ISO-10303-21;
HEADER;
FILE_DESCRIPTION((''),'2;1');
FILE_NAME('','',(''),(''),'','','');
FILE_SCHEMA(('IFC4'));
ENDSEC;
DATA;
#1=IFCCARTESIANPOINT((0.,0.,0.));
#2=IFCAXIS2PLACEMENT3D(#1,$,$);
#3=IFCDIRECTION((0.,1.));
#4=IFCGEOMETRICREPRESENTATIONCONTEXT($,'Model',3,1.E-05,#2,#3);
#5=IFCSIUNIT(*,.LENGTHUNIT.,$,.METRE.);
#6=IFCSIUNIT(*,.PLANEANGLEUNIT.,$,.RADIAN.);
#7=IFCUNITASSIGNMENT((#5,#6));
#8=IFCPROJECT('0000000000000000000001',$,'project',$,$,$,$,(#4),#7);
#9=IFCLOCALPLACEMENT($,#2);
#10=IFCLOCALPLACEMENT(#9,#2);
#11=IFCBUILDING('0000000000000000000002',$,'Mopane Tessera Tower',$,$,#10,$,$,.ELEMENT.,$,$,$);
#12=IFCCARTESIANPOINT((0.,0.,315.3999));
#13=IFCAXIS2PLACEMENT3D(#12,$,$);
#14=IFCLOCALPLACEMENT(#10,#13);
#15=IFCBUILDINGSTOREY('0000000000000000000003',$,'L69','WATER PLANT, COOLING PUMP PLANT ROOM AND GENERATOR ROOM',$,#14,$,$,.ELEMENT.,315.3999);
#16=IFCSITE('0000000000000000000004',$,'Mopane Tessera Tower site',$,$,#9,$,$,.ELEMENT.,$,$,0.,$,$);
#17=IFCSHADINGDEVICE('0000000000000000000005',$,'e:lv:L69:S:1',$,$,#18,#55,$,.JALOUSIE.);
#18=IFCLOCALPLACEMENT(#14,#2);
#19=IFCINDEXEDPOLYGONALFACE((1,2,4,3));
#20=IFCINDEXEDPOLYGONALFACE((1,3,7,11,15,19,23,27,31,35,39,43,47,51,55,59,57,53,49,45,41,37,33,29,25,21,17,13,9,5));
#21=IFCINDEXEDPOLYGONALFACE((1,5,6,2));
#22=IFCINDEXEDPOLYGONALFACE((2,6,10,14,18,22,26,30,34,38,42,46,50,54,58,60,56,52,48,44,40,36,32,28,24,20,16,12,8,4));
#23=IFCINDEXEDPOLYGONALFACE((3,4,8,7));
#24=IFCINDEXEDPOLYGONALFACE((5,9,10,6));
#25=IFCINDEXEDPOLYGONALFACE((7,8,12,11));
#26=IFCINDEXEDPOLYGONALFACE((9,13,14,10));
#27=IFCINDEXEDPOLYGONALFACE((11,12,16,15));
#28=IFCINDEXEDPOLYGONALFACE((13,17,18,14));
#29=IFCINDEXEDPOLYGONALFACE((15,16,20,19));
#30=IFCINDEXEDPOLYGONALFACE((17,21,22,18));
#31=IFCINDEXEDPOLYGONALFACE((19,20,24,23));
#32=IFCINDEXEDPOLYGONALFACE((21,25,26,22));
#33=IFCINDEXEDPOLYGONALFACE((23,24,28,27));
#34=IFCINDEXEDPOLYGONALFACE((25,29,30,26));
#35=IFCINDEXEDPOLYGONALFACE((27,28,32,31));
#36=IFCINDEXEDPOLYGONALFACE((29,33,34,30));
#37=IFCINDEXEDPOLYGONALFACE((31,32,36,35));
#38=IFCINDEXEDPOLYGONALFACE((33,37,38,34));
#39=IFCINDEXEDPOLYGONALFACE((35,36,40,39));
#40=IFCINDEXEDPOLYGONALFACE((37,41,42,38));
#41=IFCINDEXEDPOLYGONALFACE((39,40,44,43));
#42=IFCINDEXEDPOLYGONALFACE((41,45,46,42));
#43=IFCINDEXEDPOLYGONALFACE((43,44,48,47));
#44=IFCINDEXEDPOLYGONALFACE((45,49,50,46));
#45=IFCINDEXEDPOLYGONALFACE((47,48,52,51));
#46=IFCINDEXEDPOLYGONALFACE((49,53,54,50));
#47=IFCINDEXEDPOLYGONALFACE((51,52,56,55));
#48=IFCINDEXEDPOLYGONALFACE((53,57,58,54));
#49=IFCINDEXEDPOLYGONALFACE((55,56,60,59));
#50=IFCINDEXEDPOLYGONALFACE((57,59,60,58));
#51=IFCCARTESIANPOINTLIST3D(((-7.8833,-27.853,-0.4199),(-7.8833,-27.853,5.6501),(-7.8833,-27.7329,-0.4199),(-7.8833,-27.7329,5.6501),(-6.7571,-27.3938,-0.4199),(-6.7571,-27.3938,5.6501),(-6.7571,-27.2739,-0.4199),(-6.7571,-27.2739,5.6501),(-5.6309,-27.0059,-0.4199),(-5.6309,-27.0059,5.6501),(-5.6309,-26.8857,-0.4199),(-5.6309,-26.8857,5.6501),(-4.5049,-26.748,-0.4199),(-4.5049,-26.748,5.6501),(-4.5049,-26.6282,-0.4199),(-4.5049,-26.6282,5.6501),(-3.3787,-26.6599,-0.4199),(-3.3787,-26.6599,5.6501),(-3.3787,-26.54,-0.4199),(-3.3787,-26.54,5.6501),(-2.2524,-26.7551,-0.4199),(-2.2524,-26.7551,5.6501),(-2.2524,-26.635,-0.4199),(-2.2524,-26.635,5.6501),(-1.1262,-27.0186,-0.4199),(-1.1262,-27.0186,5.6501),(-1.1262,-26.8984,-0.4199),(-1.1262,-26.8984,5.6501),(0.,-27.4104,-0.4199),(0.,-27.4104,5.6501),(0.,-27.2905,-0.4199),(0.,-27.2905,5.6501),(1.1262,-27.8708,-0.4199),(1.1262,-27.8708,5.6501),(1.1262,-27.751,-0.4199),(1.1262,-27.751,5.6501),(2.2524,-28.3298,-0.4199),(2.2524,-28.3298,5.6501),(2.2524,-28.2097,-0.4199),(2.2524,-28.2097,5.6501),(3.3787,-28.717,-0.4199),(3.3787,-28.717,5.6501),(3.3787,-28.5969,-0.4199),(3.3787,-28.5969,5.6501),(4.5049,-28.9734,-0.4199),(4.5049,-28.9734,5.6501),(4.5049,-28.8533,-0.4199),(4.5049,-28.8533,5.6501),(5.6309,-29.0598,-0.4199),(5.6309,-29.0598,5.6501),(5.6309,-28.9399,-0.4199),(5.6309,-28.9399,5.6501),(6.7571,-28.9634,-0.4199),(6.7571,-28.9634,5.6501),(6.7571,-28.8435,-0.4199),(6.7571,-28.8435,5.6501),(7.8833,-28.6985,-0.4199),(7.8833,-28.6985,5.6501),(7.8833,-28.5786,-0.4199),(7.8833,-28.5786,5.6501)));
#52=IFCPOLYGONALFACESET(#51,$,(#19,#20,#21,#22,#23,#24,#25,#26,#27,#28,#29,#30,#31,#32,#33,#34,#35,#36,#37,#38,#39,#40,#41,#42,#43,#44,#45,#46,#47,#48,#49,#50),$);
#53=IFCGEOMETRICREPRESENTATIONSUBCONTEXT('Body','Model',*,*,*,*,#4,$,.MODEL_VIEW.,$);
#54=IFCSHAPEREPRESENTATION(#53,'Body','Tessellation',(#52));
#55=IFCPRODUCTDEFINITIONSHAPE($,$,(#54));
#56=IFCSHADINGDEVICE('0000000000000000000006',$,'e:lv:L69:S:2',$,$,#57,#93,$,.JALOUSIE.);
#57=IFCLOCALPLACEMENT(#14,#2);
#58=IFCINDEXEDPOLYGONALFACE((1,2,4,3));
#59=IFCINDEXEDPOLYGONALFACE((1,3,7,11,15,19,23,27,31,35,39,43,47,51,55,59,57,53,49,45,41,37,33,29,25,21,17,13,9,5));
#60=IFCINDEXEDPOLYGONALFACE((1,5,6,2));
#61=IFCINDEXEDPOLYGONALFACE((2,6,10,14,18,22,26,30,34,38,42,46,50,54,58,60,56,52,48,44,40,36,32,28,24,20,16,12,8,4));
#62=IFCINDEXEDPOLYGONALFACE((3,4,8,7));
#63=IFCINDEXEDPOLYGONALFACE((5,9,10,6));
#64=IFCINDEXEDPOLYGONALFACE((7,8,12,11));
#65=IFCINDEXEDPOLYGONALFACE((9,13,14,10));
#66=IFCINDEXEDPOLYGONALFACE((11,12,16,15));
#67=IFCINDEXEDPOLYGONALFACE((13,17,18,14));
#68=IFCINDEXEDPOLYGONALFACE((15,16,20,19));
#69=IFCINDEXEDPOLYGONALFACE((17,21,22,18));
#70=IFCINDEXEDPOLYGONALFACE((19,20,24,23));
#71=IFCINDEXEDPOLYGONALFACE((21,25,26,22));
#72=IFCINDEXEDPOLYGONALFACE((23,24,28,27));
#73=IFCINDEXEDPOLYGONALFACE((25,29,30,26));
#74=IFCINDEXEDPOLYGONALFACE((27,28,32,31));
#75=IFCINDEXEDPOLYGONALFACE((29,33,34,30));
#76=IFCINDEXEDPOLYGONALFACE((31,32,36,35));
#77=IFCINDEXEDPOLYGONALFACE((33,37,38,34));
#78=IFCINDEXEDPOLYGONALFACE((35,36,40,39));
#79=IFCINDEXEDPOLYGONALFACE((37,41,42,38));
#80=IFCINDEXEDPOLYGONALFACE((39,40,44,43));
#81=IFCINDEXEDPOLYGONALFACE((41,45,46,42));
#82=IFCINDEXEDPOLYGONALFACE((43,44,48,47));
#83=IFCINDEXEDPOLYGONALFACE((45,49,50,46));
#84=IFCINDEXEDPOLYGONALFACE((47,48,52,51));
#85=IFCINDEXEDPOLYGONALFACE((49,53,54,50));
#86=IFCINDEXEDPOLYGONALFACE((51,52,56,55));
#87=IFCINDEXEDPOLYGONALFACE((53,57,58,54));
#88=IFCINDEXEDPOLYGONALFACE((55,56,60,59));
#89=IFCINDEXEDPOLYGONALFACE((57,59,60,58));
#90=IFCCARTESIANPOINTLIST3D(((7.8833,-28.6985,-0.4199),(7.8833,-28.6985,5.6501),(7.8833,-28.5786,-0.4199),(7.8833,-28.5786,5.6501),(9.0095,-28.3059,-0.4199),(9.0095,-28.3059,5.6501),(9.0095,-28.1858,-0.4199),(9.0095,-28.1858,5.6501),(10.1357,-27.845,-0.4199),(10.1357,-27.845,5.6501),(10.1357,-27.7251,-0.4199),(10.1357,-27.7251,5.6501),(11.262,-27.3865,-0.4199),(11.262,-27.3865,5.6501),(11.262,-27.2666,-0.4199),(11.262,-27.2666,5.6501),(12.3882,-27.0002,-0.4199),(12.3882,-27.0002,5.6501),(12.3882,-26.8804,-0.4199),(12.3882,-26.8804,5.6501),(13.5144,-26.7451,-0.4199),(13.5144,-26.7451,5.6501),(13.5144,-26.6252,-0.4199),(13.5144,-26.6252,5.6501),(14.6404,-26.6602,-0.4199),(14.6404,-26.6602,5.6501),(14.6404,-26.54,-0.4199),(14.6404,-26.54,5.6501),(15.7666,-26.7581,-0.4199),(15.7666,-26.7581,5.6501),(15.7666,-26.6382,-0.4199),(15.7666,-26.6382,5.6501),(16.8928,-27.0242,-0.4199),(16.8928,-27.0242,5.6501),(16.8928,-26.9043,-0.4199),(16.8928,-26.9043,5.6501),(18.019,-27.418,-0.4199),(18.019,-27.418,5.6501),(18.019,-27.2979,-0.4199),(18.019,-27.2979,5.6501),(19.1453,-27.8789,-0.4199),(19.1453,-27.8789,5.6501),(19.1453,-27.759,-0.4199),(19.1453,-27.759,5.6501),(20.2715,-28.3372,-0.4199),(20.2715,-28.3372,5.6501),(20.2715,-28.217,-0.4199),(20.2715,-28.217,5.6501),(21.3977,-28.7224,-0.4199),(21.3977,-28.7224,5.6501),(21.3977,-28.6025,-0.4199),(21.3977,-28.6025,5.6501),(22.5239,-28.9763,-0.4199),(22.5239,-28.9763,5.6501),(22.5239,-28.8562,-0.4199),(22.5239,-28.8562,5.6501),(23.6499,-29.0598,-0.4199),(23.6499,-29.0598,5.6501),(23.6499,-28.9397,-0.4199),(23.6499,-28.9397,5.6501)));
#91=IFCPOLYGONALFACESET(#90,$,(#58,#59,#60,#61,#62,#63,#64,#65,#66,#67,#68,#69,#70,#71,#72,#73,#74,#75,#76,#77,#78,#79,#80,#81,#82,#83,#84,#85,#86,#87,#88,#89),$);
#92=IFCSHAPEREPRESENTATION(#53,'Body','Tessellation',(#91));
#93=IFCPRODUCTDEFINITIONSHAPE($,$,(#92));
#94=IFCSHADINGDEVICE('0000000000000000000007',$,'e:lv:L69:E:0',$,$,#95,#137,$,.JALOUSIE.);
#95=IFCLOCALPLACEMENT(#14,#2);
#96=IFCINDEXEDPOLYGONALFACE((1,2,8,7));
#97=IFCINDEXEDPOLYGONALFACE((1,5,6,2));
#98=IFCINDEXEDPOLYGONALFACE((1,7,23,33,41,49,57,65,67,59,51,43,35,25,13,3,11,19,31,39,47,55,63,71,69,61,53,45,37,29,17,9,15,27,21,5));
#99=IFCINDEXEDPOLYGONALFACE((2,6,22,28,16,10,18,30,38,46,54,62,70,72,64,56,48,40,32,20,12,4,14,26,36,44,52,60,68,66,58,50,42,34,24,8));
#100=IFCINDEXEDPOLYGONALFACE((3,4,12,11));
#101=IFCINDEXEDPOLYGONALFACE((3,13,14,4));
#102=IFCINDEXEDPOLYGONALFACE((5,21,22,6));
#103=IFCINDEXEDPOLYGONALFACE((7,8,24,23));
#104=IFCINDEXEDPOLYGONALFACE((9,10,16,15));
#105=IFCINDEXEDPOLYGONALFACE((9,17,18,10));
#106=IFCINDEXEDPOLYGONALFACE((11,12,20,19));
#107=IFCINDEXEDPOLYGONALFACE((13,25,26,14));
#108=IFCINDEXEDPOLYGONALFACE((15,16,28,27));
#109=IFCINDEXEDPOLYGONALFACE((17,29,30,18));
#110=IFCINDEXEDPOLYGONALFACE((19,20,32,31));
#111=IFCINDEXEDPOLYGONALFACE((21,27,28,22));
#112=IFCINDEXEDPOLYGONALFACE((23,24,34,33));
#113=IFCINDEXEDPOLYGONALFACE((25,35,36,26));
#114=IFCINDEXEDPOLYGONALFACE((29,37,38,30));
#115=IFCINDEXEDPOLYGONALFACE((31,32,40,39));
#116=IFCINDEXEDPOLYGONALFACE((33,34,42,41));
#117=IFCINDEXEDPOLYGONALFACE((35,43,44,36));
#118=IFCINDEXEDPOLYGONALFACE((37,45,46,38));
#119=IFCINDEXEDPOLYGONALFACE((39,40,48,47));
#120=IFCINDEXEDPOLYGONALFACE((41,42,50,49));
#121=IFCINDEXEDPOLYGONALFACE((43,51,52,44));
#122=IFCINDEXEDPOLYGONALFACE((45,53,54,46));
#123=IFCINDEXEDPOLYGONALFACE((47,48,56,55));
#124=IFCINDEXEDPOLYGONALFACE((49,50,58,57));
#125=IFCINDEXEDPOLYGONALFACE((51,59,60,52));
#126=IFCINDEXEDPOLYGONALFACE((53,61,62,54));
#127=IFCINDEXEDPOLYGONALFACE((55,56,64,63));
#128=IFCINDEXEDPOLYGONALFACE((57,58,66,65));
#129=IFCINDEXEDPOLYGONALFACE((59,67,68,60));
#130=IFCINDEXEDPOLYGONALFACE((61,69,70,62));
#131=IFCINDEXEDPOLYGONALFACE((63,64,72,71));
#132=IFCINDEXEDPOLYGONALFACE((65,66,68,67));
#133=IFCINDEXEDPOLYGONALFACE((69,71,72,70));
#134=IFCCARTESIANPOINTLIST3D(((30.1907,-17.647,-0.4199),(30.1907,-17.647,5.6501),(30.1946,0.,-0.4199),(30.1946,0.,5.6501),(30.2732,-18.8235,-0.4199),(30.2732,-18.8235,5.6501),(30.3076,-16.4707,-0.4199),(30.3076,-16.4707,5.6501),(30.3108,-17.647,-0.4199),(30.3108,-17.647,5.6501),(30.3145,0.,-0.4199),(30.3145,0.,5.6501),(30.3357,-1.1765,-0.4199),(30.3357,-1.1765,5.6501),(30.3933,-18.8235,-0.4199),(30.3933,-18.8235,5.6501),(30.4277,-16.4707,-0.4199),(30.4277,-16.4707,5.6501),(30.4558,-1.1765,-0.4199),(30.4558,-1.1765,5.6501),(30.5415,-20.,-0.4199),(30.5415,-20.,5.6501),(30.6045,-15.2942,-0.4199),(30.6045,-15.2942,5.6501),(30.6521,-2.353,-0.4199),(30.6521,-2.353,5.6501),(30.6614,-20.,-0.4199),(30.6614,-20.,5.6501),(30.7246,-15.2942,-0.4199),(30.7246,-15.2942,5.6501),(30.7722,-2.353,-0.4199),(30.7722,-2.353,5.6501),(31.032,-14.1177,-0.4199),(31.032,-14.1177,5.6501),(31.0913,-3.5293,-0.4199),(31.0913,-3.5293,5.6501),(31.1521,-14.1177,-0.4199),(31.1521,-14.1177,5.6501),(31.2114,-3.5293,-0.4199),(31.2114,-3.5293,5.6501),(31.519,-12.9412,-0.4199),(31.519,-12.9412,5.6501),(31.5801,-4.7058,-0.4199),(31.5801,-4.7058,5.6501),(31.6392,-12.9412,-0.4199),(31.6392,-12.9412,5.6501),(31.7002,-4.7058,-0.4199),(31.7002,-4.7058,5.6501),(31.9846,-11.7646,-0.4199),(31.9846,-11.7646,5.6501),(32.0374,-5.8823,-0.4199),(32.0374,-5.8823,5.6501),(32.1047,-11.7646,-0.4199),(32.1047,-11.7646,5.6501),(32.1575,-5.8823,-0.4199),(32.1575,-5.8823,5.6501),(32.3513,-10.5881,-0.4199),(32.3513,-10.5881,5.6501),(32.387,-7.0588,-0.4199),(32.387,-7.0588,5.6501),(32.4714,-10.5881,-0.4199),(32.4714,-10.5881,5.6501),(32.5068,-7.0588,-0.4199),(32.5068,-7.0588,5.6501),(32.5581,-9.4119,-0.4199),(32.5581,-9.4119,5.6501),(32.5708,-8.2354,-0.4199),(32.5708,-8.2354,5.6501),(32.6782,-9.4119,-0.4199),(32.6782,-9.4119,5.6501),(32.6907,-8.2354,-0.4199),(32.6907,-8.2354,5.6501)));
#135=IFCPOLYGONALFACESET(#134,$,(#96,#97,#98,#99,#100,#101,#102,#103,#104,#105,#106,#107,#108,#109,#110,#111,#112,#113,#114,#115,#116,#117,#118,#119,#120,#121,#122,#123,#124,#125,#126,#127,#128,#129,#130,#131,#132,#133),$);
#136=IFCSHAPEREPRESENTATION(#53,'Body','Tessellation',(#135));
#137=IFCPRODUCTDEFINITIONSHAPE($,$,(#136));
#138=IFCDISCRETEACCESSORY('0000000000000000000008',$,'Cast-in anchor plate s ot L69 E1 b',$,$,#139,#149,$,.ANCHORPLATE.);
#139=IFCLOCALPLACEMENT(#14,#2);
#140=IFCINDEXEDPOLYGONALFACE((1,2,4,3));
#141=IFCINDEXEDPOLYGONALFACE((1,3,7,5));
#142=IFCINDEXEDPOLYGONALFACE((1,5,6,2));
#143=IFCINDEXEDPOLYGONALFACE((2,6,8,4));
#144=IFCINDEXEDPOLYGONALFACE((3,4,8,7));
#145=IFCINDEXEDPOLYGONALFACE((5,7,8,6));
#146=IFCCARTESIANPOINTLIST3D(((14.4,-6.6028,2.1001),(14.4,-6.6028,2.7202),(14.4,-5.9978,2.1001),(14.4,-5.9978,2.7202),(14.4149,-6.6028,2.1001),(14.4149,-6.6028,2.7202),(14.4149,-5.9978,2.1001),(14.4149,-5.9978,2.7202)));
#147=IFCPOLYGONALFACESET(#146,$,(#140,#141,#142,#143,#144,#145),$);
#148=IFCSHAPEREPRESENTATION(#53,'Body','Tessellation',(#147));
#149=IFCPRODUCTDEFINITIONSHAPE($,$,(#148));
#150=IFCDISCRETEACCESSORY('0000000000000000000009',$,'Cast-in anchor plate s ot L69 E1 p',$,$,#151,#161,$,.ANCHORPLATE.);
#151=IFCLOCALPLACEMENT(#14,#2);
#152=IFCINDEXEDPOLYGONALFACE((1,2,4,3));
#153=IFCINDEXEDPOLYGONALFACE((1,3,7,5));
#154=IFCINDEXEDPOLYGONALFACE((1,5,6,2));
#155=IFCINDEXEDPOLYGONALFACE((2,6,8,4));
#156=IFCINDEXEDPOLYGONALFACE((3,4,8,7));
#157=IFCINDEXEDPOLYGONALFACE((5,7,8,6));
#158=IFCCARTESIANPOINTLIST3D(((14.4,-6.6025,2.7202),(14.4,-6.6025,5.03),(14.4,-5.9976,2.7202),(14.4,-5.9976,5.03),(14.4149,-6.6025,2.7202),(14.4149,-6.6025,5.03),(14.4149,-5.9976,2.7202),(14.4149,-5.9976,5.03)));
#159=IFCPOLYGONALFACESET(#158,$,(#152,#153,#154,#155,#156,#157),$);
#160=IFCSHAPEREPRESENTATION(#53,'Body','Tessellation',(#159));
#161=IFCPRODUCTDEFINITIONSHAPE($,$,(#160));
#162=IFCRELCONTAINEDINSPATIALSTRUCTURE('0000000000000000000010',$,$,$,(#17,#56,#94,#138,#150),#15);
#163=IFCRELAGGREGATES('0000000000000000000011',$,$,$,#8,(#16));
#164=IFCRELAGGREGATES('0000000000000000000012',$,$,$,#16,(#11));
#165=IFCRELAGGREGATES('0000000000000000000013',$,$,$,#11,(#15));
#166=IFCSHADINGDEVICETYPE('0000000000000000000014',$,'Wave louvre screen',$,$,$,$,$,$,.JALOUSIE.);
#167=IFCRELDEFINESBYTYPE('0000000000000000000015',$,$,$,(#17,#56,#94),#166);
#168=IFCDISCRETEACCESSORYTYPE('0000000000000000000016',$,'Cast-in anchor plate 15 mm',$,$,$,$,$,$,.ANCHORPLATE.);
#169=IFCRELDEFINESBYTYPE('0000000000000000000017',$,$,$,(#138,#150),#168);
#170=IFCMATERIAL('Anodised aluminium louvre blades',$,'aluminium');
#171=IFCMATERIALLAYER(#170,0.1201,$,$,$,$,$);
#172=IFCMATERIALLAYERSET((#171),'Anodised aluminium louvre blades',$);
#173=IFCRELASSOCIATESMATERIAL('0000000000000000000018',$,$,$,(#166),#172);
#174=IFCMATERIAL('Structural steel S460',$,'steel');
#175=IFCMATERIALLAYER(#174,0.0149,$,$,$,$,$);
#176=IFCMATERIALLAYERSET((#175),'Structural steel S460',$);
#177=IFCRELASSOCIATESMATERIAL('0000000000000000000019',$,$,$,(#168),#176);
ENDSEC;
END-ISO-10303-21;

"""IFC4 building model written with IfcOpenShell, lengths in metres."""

from ifc_helpers import new_model, si_unit, direction, frame, origin, origin_2d, place, context, subcontext, project, spatial, polyline, rectangle, outline, extrude, material, layer, layer_set, type_object, element, save


model = new_model("IFC4")

# Units and contexts
model_context = context("Model", 3, precision=1e-05, world=origin(), true_north=direction((0.0, 1.0)))
body_context = subcontext(model_context, "Body", "Model", "MODEL_VIEW")
ifc_project = project(units=[si_unit("LENGTHUNIT", "METRE"), si_unit("PLANEANGLEUNIT", "RADIAN")], contexts=[model_context])

# Site, building, storey
site_placement = place(None, origin())
site = spatial("IfcSite", under=ifc_project, at=site_placement, Name="Mopane Tessera Tower site", CompositionType="ELEMENT", RefElevation=0.0)
building_placement = place(site_placement, origin())
building = spatial("IfcBuilding", under=site, at=building_placement, Name="Mopane Tessera Tower", CompositionType="ELEMENT")
storey_placement = place(building_placement, frame((0.0, 0.0, 315.3999)))
storey = spatial("IfcBuildingStorey", under=building, at=storey_placement, Name="L69", Description="WATER PLANT, COOLING PUMP PLANT ROOM AND GENERATOR ROOM", CompositionType="ELEMENT", Elevation=315.3999)

# Shading devices
ifc_material_1 = material(Name="Anodised aluminium louvre blades", Category="aluminium")
ifc_layer_1 = layer(ifc_material_1, 0.1201)
ifc_layer_set_1 = layer_set([ifc_layer_1], Name="Anodised aluminium louvre blades")
shading_device_type = type_object("IfcShadingDeviceType", Name="Wave louvre screen", PredefinedType="JALOUSIE", material=ifc_layer_set_1)
shading_device_1_placement = place(storey_placement, frame((0.0, 0.0, -0.4199)))
element("IfcShadingDevice", 1, at=shading_device_1_placement, inside=storey, type_object=shading_device_type, Name="e:lv:L69:S:1", PredefinedType="JALOUSIE", context=body_context, shape_type="SweptSolid", body=[
    extrude(outline(polyline([(-7.8833, -27.7329), (-6.7571, -27.2739), (-5.6309, -26.8857), (-4.5049, -26.6282), (-3.3787, -26.54), (-2.2524, -26.635), (-1.1262, -26.8984), (0.0, -27.2905), (1.1262, -27.751), (2.2524, -28.2097), (3.3787, -28.5969), (4.5049, -28.8533), (5.6309, -28.9399), (6.7571, -28.8435), (7.8833, -28.5786), (7.8833, -28.6985), (6.7571, -28.9634), (5.6309, -29.0598), (4.5049, -28.9734), (3.3787, -28.717), (2.2524, -28.3298), (1.1262, -27.8708), (0.0, -27.4104), (-1.1262, -27.0186), (-2.2524, -26.7551), (-3.3787, -26.6599), (-4.5049, -26.748), (-5.6309, -27.0059), (-6.7571, -27.3938), (-7.8833, -27.853), (-7.8833, -27.7329)])), origin(), (0.0, 0.0, 1.0), 6.0701),
])
shading_device_2_placement = place(storey_placement, frame((0.0, 0.0, -0.4199)))
element("IfcShadingDevice", 2, at=shading_device_2_placement, inside=storey, type_object=shading_device_type, Name="e:lv:L69:S:2", PredefinedType="JALOUSIE", context=body_context, shape_type="SweptSolid", body=[
    extrude(outline(polyline([(7.8833, -28.5786), (9.0095, -28.1858), (10.1357, -27.7251), (11.262, -27.2666), (12.3882, -26.8804), (13.5144, -26.6252), (14.6404, -26.54), (15.7666, -26.6382), (16.8928, -26.9043), (18.019, -27.2979), (19.1453, -27.759), (20.2715, -28.217), (21.3977, -28.6025), (22.5239, -28.8562), (23.6499, -28.9397), (23.6499, -29.0598), (22.5239, -28.9763), (21.3977, -28.7224), (20.2715, -28.3372), (19.1453, -27.8789), (18.019, -27.418), (16.8928, -27.0242), (15.7666, -26.7581), (14.6404, -26.6602), (13.5144, -26.7451), (12.3882, -27.0002), (11.262, -27.3865), (10.1357, -27.845), (9.0095, -28.3059), (7.8833, -28.6985), (7.8833, -28.5786)])), origin(), (0.0, 0.0, 1.0), 6.0701),
])
shading_device_3_placement = place(storey_placement, frame((0.0, 0.0, -0.4199)))
element("IfcShadingDevice", 3, at=shading_device_3_placement, inside=storey, type_object=shading_device_type, Name="e:lv:L69:E:0", PredefinedType="JALOUSIE", context=body_context, shape_type="SweptSolid", body=[
    extrude(outline(polyline([(30.5415, -20.0), (30.2732, -18.8235), (30.1907, -17.647), (30.3076, -16.4707), (30.6045, -15.2942), (31.032, -14.1177), (31.519, -12.9412), (31.9846, -11.7646), (32.3513, -10.5881), (32.5581, -9.4119), (32.5708, -8.2354), (32.387, -7.0588), (32.0374, -5.8823), (31.5801, -4.7058), (31.0913, -3.5293), (30.6521, -2.353), (30.3357, -1.1765), (30.1946, 0.0), (30.3145, 0.0), (30.4558, -1.1765), (30.7722, -2.353), (31.2114, -3.5293), (31.7002, -4.7058), (32.1575, -5.8823), (32.5068, -7.0588), (32.6907, -8.2354), (32.6782, -9.4119), (32.4714, -10.5881), (32.1047, -11.7646), (31.6392, -12.9412), (31.1521, -14.1177), (30.7246, -15.2942), (30.4277, -16.4707), (30.3108, -17.647), (30.3933, -18.8235), (30.6614, -20.0), (30.5415, -20.0)])), origin(), (0.0, 0.0, 1.0), 6.0701),
])

# Discrete accessories
ifc_material_2 = material(Name="Structural steel S460", Category="steel")
ifc_layer_2 = layer(ifc_material_2, 0.0149)
ifc_layer_set_2 = layer_set([ifc_layer_2], Name="Structural steel S460")
discrete_accessory_type = type_object("IfcDiscreteAccessoryType", Name="Cast-in anchor plate 15 mm", PredefinedType="ANCHORPLATE", material=ifc_layer_set_2)
discrete_accessory_1_placement = place(storey_placement, frame((14.4075, -6.3003, 2.1001), z_axis=(0.0, 0.0, 1.0), x_axis=(1.0, 0.0, 0.0)))
element("IfcDiscreteAccessory", 4, at=discrete_accessory_1_placement, inside=storey, type_object=discrete_accessory_type, Name="Cast-in anchor plate s ot L69 E1 b", PredefinedType="ANCHORPLATE", context=body_context, shape_type="SweptSolid", body=[
    extrude(rectangle(XDim=0.0149, YDim=0.605, at=origin_2d()), origin(), (0.0, 0.0, 1.0), 0.6201),
])
discrete_accessory_2_placement = place(storey_placement, frame((14.4075, -6.3, 2.7202), z_axis=(0.0, 0.0, 1.0), x_axis=(1.0, 0.0, 0.0)))
element("IfcDiscreteAccessory", 5, at=discrete_accessory_2_placement, inside=storey, type_object=discrete_accessory_type, Name="Cast-in anchor plate s ot L69 E1 p", PredefinedType="ANCHORPLATE", context=body_context, shape_type="SweptSolid", body=[
    extrude(rectangle(XDim=0.0149, YDim=0.605, at=origin_2d()), origin(), (0.0, 0.0, 1.0), 2.3098),
])

save(model, "model.ifc")
